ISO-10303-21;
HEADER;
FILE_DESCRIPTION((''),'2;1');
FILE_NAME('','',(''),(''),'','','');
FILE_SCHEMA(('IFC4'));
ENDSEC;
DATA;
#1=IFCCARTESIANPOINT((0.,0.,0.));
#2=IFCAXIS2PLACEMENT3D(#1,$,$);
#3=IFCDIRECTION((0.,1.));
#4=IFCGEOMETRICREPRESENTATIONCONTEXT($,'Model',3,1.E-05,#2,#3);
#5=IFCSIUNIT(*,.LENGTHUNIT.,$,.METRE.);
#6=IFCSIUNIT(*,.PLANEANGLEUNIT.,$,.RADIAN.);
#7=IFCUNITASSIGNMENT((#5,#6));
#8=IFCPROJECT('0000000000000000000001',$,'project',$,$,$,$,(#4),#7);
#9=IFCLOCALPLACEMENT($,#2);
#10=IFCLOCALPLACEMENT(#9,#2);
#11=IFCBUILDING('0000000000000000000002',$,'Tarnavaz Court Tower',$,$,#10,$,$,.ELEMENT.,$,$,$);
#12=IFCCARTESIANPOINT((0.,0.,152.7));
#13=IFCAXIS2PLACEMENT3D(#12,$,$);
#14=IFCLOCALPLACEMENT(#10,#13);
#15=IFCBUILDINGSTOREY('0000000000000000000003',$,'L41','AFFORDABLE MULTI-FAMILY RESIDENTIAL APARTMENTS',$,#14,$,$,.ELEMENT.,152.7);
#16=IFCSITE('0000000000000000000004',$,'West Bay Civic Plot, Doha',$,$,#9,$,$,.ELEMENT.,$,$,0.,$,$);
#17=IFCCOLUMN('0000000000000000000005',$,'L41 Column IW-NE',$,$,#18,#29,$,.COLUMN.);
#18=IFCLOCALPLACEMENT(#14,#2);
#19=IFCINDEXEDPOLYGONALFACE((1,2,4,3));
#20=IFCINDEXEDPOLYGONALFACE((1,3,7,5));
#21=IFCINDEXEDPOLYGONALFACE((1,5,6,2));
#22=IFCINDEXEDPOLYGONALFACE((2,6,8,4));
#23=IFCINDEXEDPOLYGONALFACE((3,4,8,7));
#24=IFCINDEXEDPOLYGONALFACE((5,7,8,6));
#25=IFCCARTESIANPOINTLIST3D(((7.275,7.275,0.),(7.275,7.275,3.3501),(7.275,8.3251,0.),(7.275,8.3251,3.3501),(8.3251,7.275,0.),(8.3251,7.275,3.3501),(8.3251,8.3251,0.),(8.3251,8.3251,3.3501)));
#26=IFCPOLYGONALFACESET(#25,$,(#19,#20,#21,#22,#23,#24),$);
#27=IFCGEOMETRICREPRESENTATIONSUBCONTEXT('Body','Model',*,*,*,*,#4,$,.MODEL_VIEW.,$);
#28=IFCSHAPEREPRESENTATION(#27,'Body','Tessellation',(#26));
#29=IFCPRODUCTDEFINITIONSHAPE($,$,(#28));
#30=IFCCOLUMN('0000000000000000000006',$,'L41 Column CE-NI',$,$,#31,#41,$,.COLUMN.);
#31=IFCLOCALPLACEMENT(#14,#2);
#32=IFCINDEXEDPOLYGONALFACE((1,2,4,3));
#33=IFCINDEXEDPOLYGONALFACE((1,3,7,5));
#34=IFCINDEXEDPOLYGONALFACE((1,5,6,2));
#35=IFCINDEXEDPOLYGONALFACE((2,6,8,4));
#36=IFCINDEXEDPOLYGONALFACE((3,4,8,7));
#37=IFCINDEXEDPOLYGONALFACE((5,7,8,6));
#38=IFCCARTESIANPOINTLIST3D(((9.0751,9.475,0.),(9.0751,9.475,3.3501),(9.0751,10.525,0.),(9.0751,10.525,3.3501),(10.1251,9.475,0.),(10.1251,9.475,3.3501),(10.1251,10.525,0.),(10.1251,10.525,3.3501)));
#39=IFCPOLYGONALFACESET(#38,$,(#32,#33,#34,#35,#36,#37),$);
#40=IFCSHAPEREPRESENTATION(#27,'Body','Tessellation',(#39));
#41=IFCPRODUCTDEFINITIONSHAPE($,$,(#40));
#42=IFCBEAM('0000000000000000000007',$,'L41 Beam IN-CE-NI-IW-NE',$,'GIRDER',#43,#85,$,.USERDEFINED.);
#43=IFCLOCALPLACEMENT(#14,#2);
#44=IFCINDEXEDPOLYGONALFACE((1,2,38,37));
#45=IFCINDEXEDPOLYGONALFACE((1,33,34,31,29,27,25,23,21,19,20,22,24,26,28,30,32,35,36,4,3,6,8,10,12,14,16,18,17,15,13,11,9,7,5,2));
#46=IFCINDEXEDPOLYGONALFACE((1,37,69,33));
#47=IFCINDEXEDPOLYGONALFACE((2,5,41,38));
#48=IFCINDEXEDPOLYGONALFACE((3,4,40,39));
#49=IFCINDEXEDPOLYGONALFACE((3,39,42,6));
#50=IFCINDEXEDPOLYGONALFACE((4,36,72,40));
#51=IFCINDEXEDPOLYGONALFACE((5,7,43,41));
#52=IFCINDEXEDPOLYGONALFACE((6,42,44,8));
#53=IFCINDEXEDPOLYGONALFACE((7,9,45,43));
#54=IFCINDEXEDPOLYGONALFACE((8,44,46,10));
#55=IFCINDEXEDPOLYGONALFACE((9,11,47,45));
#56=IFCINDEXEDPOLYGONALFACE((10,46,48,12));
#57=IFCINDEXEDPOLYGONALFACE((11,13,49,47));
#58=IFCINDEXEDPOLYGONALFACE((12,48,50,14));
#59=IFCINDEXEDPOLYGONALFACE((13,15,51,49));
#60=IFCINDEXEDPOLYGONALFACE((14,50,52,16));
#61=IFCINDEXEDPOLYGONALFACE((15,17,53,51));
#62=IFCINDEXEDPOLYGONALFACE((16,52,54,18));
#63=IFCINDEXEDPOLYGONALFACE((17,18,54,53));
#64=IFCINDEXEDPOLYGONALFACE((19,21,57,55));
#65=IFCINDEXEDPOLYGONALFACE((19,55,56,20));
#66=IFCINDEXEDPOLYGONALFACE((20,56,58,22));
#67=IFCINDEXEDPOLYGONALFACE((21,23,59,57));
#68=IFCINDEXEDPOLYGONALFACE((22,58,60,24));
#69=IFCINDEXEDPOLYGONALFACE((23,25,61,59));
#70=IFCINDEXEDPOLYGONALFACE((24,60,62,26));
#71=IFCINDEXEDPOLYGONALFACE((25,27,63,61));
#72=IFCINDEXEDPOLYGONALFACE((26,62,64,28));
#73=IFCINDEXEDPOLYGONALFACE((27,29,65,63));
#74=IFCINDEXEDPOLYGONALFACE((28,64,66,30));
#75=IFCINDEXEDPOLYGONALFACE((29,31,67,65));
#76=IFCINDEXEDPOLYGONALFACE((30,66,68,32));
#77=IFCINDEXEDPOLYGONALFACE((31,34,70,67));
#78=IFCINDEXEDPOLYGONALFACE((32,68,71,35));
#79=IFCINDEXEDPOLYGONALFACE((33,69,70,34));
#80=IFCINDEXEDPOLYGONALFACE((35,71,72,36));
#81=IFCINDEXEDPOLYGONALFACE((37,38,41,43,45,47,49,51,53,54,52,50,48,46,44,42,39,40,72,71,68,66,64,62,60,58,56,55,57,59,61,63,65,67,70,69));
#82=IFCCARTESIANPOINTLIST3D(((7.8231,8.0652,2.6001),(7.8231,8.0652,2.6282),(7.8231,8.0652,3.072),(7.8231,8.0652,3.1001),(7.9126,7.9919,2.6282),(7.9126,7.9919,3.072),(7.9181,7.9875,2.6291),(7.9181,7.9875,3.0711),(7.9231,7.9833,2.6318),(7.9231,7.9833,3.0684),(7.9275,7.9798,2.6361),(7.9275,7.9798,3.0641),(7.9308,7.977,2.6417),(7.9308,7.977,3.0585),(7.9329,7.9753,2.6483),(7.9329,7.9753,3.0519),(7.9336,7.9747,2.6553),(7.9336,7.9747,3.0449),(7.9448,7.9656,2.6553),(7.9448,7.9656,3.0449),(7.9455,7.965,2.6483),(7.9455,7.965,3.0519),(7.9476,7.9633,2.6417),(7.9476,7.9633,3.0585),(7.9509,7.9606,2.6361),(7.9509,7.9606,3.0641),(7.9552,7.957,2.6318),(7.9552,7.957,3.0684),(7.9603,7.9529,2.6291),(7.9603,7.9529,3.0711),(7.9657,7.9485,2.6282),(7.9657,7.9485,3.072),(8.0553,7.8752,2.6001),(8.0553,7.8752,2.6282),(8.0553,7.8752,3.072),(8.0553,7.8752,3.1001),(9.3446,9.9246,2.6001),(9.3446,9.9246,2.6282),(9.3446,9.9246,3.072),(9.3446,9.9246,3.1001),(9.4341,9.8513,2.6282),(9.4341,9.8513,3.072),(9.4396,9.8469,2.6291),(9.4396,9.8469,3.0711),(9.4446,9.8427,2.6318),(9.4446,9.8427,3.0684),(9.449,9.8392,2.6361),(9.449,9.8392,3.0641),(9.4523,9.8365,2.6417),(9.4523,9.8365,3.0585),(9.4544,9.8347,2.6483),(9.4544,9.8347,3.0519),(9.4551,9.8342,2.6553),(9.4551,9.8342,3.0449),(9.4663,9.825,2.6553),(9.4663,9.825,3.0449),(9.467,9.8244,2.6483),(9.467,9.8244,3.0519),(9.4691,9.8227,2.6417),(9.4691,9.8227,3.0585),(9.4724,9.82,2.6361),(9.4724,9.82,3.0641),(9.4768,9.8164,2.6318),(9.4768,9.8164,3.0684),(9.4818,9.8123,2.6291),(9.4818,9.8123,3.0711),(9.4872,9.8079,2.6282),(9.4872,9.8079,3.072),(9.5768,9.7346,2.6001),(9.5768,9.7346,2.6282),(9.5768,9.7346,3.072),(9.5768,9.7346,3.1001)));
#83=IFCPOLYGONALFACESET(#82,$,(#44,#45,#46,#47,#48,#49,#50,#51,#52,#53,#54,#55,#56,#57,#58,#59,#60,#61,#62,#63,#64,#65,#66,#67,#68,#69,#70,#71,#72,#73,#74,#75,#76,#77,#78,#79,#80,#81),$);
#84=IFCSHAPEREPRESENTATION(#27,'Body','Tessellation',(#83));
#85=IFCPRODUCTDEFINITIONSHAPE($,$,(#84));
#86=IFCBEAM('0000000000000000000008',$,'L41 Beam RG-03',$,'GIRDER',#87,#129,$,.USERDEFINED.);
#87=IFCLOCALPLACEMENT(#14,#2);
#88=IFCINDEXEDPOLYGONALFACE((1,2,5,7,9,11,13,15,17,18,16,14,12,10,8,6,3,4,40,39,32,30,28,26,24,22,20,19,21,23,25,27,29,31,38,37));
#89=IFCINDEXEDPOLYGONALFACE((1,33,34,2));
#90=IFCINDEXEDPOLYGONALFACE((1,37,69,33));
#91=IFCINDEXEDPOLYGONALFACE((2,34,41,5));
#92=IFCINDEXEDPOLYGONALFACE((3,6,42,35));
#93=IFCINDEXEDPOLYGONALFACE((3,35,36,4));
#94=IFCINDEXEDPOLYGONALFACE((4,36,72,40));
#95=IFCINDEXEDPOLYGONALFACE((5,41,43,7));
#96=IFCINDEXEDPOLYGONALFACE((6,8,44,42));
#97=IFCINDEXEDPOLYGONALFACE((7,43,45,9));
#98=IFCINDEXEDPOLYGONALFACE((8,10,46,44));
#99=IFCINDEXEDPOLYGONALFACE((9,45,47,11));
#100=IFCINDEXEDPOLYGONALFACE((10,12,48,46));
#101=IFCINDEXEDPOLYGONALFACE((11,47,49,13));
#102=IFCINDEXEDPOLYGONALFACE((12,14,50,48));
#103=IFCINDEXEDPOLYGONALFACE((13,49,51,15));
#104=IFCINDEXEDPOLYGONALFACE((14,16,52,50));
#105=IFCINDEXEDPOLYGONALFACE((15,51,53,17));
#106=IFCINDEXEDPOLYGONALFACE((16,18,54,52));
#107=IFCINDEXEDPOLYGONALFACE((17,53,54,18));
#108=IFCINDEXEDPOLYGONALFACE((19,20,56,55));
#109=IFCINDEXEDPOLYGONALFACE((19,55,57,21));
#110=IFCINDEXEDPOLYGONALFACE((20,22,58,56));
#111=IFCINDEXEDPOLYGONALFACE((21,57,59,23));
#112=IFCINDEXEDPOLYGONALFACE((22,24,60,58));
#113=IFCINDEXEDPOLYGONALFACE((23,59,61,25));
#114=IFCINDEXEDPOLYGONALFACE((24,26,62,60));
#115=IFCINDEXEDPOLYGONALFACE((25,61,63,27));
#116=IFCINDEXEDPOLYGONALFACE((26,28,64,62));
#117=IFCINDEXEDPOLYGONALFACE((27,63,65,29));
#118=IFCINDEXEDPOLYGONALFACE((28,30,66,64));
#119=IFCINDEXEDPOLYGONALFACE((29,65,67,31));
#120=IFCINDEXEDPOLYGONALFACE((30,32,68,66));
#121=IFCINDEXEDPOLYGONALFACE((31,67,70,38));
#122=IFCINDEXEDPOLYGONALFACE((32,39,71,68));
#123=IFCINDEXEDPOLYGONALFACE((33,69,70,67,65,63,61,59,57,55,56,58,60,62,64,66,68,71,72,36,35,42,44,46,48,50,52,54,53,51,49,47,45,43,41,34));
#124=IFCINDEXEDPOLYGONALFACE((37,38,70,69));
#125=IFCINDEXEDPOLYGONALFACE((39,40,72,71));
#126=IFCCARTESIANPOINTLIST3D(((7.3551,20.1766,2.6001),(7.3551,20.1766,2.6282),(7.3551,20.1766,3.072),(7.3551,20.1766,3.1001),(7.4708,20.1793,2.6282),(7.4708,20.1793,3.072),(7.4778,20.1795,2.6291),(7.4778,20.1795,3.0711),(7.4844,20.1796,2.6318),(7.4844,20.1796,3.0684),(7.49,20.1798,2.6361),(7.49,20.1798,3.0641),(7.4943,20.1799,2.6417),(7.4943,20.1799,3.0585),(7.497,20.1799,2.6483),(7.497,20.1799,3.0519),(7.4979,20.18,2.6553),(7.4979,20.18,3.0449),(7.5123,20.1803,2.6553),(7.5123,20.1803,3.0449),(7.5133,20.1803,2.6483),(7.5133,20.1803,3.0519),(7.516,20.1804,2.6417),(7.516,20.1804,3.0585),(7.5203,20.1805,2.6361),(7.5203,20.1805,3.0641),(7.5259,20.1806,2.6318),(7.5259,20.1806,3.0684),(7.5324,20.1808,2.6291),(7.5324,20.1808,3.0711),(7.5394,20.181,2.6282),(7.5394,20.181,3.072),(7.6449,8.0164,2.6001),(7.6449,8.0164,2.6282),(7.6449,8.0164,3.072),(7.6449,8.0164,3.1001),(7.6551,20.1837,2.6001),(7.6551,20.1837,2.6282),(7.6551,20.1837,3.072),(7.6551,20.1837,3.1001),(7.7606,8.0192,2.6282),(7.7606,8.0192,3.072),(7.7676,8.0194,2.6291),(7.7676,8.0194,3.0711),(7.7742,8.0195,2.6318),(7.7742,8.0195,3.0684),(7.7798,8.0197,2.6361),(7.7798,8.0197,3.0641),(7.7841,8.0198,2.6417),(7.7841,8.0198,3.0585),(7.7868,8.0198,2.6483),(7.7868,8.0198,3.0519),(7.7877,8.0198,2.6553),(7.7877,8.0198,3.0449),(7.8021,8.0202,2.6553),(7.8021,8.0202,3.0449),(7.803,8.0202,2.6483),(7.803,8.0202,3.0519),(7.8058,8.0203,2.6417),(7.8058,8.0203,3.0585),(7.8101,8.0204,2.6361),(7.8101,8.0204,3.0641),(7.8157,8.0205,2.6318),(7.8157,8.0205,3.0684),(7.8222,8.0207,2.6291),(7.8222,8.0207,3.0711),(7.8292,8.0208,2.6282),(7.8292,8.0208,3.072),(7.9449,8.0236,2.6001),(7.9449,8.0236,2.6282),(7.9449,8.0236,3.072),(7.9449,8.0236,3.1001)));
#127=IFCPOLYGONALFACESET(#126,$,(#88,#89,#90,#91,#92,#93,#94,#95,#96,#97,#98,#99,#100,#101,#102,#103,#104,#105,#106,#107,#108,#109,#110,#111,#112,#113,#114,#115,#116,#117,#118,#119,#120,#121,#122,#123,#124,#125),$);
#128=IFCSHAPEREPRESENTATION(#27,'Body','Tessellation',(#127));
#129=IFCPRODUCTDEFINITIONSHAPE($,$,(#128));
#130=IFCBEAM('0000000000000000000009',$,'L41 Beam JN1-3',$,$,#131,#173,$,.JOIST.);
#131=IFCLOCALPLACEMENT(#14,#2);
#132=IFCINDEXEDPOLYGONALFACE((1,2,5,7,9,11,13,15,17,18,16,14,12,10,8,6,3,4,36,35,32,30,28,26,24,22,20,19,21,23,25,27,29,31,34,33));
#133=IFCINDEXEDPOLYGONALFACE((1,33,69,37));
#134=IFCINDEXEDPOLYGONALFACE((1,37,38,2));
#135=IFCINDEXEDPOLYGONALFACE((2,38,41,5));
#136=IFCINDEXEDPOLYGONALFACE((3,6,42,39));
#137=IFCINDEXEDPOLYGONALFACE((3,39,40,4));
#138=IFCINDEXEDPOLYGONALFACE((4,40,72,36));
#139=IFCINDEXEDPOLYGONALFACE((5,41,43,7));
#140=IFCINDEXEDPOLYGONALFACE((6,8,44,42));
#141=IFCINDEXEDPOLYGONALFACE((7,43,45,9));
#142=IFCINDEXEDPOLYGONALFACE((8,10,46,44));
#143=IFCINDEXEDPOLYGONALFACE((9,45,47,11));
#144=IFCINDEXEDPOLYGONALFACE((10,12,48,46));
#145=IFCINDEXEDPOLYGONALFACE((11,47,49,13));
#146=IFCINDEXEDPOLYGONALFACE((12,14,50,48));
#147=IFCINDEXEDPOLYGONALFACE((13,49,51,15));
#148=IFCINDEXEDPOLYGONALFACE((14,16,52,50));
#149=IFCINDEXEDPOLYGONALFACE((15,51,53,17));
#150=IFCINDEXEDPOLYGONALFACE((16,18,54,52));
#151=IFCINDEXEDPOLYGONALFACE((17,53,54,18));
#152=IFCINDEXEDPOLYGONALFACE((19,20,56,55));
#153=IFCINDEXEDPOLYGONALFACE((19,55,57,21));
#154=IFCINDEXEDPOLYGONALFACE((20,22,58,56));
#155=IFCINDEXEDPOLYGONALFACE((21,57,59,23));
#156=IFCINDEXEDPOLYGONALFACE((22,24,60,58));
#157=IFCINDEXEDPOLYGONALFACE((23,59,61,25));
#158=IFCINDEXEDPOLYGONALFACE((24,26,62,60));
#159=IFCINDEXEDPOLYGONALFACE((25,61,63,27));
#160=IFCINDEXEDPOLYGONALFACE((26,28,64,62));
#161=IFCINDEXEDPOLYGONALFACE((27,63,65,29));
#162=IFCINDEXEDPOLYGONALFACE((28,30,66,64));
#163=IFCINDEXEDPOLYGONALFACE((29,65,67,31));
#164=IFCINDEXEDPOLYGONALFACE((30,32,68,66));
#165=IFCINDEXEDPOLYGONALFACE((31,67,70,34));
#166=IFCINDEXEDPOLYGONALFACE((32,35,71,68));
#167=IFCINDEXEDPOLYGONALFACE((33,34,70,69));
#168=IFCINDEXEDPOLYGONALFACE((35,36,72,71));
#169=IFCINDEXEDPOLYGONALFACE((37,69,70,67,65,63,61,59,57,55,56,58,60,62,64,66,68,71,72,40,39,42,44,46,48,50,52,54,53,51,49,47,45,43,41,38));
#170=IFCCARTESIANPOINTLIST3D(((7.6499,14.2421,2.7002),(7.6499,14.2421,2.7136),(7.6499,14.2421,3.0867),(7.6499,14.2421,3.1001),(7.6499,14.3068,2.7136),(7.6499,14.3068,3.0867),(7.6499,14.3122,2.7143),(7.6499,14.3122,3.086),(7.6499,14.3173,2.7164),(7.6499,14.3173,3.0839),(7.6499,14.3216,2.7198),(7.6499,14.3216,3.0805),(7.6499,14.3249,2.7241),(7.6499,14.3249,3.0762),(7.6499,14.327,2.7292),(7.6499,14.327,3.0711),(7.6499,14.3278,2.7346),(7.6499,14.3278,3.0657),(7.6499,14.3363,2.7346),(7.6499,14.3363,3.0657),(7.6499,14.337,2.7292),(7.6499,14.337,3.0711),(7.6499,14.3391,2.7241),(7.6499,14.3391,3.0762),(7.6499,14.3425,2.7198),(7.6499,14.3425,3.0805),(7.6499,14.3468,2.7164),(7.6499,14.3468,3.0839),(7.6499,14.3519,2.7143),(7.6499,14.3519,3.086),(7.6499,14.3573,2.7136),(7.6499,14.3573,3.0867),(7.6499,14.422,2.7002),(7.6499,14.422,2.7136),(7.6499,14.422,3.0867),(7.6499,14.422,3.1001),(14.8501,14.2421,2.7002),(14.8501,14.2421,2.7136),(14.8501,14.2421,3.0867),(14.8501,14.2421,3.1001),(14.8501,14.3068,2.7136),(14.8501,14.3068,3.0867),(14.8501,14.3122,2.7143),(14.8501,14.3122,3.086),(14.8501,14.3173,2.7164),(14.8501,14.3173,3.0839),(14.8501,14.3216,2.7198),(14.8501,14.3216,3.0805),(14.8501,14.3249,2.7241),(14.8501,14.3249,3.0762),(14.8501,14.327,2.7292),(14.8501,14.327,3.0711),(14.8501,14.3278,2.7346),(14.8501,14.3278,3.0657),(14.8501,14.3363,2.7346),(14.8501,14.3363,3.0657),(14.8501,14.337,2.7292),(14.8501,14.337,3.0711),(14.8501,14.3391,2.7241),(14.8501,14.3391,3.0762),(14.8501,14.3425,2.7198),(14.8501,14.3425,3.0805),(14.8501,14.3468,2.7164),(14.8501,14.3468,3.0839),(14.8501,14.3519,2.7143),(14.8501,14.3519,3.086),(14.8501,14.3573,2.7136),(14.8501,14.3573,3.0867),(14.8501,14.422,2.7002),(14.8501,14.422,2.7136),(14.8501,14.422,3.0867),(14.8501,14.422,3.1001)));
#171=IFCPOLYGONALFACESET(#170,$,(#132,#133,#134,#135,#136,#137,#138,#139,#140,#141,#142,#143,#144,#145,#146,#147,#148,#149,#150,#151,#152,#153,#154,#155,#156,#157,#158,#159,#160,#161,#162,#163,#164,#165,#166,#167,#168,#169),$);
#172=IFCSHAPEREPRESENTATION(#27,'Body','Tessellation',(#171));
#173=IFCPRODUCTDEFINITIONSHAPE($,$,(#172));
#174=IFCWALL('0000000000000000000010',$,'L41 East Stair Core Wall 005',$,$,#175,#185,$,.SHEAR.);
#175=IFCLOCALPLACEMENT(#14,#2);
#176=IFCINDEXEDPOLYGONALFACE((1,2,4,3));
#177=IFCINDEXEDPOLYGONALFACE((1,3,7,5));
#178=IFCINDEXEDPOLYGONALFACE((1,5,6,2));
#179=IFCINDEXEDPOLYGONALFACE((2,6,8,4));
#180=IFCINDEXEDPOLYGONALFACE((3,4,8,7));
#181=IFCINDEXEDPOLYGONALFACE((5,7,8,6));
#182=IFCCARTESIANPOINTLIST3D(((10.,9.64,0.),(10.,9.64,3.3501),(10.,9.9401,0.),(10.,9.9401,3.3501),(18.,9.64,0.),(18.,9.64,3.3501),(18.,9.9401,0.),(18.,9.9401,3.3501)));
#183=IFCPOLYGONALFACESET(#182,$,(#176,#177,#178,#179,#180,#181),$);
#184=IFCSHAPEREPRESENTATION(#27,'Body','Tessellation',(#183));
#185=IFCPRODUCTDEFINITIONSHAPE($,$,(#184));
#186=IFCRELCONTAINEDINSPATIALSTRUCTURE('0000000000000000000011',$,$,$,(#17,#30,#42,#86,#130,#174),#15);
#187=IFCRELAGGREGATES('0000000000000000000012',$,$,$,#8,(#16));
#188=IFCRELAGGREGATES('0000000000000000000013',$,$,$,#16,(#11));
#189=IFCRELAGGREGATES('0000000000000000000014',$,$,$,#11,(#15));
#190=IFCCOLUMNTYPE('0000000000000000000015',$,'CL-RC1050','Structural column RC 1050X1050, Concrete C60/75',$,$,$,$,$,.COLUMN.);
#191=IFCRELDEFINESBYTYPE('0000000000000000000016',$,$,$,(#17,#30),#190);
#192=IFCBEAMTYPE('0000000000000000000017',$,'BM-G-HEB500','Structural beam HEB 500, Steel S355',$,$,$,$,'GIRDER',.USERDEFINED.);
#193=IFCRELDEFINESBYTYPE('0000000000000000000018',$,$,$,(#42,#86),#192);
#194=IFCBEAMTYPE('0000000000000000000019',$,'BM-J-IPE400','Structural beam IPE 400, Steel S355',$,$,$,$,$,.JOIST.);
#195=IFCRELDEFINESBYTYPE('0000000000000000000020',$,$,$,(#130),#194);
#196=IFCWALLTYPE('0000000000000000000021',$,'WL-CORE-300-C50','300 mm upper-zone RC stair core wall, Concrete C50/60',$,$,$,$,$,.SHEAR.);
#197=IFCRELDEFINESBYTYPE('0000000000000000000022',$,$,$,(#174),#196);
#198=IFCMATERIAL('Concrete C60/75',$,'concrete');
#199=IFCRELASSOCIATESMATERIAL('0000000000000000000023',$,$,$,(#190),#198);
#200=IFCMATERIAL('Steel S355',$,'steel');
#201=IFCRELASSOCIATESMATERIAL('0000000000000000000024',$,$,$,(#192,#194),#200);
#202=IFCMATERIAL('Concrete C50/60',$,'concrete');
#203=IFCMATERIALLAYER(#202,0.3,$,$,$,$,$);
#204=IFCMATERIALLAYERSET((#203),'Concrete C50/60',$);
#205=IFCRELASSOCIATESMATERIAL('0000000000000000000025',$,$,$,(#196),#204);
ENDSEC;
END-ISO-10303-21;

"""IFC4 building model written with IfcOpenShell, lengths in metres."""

from ifc_helpers import new_model, si_unit, direction, frame, frame_2d, origin, origin_2d, place, context, subcontext, project, spatial, rectangle, i_section, extrude, material, layer, layer_set, material_profile, profile_set, type_object, element, save


model = new_model("IFC4")

# Units and contexts
model_context = context("Model", 3, precision=1e-05, world=origin(), true_north=direction((0.0, 1.0)))
body_context = subcontext(model_context, "Body", "Model", "MODEL_VIEW")
ifc_project = project(units=[si_unit("LENGTHUNIT", "METRE"), si_unit("PLANEANGLEUNIT", "RADIAN")], contexts=[model_context])

# Site, building, storey
site_placement = place(None, origin())
site = spatial("IfcSite", under=ifc_project, at=site_placement, Name="West Bay Civic Plot, Doha", CompositionType="ELEMENT", RefElevation=0.0)
building_placement = place(site_placement, origin())
building = spatial("IfcBuilding", under=site, at=building_placement, Name="Tarnavaz Court Tower", CompositionType="ELEMENT")
storey_placement = place(building_placement, frame((0.0, 0.0, 152.7)))
storey = spatial("IfcBuildingStorey", under=building, at=storey_placement, Name="L41", Description="AFFORDABLE MULTI-FAMILY RESIDENTIAL APARTMENTS", CompositionType="ELEMENT", Elevation=152.7)

# Columns
ifc_material_1 = material(Name="Concrete C60/75", Category="concrete")
ifc_material_profile_1 = material_profile(ifc_material_1, rectangle(XDim=1.05, YDim=1.05, at=origin_2d()), Name="RC 1050X1050")
ifc_profile_set_1 = profile_set([ifc_material_profile_1], Name="Concrete C60/75")
column_type = type_object("IfcColumnType", Name="CL-RC1050", Description="Structural column RC 1050X1050, Concrete C60/75", PredefinedType="COLUMN", material=ifc_profile_set_1)
for number, where, z_axis, x_axis, name in (
    (1, (7.8, 7.8, 0.0), (0.0, 0.0, 1.0), (1.0, 0.0, 0.0), "L41 Column IW-NE"),
    (2, (9.6001, 10.0, 0.0), (0.0, 0.0, 1.0), (1.0, 0.0, 0.0), "L41 Column CE-NI"),
):
    element("IfcColumn", number, at=place(storey_placement, frame(where, z_axis=z_axis, x_axis=x_axis)), inside=storey, type_object=column_type, Name=name, PredefinedType="COLUMN", context=body_context, shape_type="SweptSolid", body=[
        extrude(rectangle(XDim=1.05, YDim=1.05, at=origin_2d()), origin(), (0.0, 0.0, 1.0), 3.3501),
    ])

# Beams
ifc_material_2 = material(Name="Steel S355", Category="steel")
ifc_material_profile_2 = material_profile(ifc_material_2, i_section(OverallWidth=0.3, OverallDepth=0.5, WebThickness=0.0144, FlangeThickness=0.0281, FilletRadius=0.0271, at=origin_2d()), Name="HEB 500")
ifc_profile_set_2 = profile_set([ifc_material_profile_2], Name="Steel S355")
beam_type_1 = type_object("IfcBeamType", Name="BM-G-HEB500", Description="Structural beam HEB 500, Steel S355", ElementType="GIRDER", PredefinedType="USERDEFINED", material=ifc_profile_set_2)
beam_1_placement = place(storey_placement, frame((9.4607, 9.8296, 2.8501), z_axis=(-0.633282, -0.773921, 0.0), x_axis=(0.773921, -0.633282, 0.0)))
element("IfcBeam", 3, at=beam_1_placement, inside=storey, type_object=beam_type_1, Name="L41 Beam IN-CE-NI-IW-NE", ObjectType="GIRDER", PredefinedType="USERDEFINED", context=body_context, shape_type="SweptSolid", body=[
    extrude(i_section(OverallWidth=0.3, OverallDepth=0.5, WebThickness=0.0144, FlangeThickness=0.0281, FilletRadius=0.0271, at=origin_2d()), origin(), (0.0, 0.0, 1.0), 2.4026),
])
beam_2_placement = place(storey_placement, frame((7.7949, 8.02, 2.8501), z_axis=(-0.023825, 0.999716, 0.0), x_axis=(-0.999716, -0.023825, 0.0)))
element("IfcBeam", 4, at=beam_2_placement, inside=storey, type_object=beam_type_1, Name="L41 Beam RG-03", ObjectType="GIRDER", PredefinedType="USERDEFINED", context=body_context, shape_type="SweptSolid", body=[
    extrude(i_section(OverallWidth=0.3, OverallDepth=0.5, WebThickness=0.0144, FlangeThickness=0.0281, FilletRadius=0.0271, at=origin_2d()), origin(), (0.0, 0.0, 1.0), 12.1636),
])
ifc_material_profile_3 = material_profile(ifc_material_2, i_section(OverallWidth=0.1799, OverallDepth=0.3999, WebThickness=0.0085, FlangeThickness=0.0134, FilletRadius=0.021, at=origin_2d()), Name="IPE 400")
ifc_profile_set_3 = profile_set([ifc_material_profile_3], Name="Steel S355")
beam_type_2 = type_object("IfcBeamType", Name="BM-J-IPE400", Description="Structural beam IPE 400, Steel S355", PredefinedType="JOIST", material=ifc_profile_set_3)
beam_3_placement = place(storey_placement, frame((7.6499, 14.332, 2.9001), z_axis=(1.0, 0.0, 0.0), x_axis=(0.0, 1.0, 0.0)))
element("IfcBeam", 5, at=beam_3_placement, inside=storey, type_object=beam_type_2, Name="L41 Beam JN1-3", PredefinedType="JOIST", context=body_context, shape_type="SweptSolid", body=[
    extrude(i_section(OverallWidth=0.1799, OverallDepth=0.3999, WebThickness=0.0085, FlangeThickness=0.0134, FilletRadius=0.021, at=origin_2d()), origin(), (0.0, 0.0, 1.0), 7.2002),
])

# Wall
ifc_material_3 = material(Name="Concrete C50/60", Category="concrete")
ifc_layer_1 = layer(ifc_material_3, 0.3)
ifc_layer_set_1 = layer_set([ifc_layer_1], Name="Concrete C50/60")
wall_type_1 = type_object("IfcWallType", Name="WL-CORE-300-C50", Description="300 mm upper-zone RC stair core wall, Concrete C50/60", PredefinedType="SHEAR", material=ifc_layer_set_1)
wall_1_placement = place(storey_placement, frame((10.0, 9.79, 0.0), z_axis=(0.0, 0.0, 1.0), x_axis=(1.0, 0.0, 0.0)))
element("IfcWall", 6, at=wall_1_placement, inside=storey, type_object=wall_type_1, Name="L41 East Stair Core Wall 005", PredefinedType="SHEAR", context=body_context, shape_type="SweptSolid", body=[
    extrude(rectangle(XDim=8.0, YDim=0.3, at=frame_2d((4.0, 0.0))), origin(), (0.0, 0.0, 1.0), 3.3501),
])

save(model, "model.ifc")
